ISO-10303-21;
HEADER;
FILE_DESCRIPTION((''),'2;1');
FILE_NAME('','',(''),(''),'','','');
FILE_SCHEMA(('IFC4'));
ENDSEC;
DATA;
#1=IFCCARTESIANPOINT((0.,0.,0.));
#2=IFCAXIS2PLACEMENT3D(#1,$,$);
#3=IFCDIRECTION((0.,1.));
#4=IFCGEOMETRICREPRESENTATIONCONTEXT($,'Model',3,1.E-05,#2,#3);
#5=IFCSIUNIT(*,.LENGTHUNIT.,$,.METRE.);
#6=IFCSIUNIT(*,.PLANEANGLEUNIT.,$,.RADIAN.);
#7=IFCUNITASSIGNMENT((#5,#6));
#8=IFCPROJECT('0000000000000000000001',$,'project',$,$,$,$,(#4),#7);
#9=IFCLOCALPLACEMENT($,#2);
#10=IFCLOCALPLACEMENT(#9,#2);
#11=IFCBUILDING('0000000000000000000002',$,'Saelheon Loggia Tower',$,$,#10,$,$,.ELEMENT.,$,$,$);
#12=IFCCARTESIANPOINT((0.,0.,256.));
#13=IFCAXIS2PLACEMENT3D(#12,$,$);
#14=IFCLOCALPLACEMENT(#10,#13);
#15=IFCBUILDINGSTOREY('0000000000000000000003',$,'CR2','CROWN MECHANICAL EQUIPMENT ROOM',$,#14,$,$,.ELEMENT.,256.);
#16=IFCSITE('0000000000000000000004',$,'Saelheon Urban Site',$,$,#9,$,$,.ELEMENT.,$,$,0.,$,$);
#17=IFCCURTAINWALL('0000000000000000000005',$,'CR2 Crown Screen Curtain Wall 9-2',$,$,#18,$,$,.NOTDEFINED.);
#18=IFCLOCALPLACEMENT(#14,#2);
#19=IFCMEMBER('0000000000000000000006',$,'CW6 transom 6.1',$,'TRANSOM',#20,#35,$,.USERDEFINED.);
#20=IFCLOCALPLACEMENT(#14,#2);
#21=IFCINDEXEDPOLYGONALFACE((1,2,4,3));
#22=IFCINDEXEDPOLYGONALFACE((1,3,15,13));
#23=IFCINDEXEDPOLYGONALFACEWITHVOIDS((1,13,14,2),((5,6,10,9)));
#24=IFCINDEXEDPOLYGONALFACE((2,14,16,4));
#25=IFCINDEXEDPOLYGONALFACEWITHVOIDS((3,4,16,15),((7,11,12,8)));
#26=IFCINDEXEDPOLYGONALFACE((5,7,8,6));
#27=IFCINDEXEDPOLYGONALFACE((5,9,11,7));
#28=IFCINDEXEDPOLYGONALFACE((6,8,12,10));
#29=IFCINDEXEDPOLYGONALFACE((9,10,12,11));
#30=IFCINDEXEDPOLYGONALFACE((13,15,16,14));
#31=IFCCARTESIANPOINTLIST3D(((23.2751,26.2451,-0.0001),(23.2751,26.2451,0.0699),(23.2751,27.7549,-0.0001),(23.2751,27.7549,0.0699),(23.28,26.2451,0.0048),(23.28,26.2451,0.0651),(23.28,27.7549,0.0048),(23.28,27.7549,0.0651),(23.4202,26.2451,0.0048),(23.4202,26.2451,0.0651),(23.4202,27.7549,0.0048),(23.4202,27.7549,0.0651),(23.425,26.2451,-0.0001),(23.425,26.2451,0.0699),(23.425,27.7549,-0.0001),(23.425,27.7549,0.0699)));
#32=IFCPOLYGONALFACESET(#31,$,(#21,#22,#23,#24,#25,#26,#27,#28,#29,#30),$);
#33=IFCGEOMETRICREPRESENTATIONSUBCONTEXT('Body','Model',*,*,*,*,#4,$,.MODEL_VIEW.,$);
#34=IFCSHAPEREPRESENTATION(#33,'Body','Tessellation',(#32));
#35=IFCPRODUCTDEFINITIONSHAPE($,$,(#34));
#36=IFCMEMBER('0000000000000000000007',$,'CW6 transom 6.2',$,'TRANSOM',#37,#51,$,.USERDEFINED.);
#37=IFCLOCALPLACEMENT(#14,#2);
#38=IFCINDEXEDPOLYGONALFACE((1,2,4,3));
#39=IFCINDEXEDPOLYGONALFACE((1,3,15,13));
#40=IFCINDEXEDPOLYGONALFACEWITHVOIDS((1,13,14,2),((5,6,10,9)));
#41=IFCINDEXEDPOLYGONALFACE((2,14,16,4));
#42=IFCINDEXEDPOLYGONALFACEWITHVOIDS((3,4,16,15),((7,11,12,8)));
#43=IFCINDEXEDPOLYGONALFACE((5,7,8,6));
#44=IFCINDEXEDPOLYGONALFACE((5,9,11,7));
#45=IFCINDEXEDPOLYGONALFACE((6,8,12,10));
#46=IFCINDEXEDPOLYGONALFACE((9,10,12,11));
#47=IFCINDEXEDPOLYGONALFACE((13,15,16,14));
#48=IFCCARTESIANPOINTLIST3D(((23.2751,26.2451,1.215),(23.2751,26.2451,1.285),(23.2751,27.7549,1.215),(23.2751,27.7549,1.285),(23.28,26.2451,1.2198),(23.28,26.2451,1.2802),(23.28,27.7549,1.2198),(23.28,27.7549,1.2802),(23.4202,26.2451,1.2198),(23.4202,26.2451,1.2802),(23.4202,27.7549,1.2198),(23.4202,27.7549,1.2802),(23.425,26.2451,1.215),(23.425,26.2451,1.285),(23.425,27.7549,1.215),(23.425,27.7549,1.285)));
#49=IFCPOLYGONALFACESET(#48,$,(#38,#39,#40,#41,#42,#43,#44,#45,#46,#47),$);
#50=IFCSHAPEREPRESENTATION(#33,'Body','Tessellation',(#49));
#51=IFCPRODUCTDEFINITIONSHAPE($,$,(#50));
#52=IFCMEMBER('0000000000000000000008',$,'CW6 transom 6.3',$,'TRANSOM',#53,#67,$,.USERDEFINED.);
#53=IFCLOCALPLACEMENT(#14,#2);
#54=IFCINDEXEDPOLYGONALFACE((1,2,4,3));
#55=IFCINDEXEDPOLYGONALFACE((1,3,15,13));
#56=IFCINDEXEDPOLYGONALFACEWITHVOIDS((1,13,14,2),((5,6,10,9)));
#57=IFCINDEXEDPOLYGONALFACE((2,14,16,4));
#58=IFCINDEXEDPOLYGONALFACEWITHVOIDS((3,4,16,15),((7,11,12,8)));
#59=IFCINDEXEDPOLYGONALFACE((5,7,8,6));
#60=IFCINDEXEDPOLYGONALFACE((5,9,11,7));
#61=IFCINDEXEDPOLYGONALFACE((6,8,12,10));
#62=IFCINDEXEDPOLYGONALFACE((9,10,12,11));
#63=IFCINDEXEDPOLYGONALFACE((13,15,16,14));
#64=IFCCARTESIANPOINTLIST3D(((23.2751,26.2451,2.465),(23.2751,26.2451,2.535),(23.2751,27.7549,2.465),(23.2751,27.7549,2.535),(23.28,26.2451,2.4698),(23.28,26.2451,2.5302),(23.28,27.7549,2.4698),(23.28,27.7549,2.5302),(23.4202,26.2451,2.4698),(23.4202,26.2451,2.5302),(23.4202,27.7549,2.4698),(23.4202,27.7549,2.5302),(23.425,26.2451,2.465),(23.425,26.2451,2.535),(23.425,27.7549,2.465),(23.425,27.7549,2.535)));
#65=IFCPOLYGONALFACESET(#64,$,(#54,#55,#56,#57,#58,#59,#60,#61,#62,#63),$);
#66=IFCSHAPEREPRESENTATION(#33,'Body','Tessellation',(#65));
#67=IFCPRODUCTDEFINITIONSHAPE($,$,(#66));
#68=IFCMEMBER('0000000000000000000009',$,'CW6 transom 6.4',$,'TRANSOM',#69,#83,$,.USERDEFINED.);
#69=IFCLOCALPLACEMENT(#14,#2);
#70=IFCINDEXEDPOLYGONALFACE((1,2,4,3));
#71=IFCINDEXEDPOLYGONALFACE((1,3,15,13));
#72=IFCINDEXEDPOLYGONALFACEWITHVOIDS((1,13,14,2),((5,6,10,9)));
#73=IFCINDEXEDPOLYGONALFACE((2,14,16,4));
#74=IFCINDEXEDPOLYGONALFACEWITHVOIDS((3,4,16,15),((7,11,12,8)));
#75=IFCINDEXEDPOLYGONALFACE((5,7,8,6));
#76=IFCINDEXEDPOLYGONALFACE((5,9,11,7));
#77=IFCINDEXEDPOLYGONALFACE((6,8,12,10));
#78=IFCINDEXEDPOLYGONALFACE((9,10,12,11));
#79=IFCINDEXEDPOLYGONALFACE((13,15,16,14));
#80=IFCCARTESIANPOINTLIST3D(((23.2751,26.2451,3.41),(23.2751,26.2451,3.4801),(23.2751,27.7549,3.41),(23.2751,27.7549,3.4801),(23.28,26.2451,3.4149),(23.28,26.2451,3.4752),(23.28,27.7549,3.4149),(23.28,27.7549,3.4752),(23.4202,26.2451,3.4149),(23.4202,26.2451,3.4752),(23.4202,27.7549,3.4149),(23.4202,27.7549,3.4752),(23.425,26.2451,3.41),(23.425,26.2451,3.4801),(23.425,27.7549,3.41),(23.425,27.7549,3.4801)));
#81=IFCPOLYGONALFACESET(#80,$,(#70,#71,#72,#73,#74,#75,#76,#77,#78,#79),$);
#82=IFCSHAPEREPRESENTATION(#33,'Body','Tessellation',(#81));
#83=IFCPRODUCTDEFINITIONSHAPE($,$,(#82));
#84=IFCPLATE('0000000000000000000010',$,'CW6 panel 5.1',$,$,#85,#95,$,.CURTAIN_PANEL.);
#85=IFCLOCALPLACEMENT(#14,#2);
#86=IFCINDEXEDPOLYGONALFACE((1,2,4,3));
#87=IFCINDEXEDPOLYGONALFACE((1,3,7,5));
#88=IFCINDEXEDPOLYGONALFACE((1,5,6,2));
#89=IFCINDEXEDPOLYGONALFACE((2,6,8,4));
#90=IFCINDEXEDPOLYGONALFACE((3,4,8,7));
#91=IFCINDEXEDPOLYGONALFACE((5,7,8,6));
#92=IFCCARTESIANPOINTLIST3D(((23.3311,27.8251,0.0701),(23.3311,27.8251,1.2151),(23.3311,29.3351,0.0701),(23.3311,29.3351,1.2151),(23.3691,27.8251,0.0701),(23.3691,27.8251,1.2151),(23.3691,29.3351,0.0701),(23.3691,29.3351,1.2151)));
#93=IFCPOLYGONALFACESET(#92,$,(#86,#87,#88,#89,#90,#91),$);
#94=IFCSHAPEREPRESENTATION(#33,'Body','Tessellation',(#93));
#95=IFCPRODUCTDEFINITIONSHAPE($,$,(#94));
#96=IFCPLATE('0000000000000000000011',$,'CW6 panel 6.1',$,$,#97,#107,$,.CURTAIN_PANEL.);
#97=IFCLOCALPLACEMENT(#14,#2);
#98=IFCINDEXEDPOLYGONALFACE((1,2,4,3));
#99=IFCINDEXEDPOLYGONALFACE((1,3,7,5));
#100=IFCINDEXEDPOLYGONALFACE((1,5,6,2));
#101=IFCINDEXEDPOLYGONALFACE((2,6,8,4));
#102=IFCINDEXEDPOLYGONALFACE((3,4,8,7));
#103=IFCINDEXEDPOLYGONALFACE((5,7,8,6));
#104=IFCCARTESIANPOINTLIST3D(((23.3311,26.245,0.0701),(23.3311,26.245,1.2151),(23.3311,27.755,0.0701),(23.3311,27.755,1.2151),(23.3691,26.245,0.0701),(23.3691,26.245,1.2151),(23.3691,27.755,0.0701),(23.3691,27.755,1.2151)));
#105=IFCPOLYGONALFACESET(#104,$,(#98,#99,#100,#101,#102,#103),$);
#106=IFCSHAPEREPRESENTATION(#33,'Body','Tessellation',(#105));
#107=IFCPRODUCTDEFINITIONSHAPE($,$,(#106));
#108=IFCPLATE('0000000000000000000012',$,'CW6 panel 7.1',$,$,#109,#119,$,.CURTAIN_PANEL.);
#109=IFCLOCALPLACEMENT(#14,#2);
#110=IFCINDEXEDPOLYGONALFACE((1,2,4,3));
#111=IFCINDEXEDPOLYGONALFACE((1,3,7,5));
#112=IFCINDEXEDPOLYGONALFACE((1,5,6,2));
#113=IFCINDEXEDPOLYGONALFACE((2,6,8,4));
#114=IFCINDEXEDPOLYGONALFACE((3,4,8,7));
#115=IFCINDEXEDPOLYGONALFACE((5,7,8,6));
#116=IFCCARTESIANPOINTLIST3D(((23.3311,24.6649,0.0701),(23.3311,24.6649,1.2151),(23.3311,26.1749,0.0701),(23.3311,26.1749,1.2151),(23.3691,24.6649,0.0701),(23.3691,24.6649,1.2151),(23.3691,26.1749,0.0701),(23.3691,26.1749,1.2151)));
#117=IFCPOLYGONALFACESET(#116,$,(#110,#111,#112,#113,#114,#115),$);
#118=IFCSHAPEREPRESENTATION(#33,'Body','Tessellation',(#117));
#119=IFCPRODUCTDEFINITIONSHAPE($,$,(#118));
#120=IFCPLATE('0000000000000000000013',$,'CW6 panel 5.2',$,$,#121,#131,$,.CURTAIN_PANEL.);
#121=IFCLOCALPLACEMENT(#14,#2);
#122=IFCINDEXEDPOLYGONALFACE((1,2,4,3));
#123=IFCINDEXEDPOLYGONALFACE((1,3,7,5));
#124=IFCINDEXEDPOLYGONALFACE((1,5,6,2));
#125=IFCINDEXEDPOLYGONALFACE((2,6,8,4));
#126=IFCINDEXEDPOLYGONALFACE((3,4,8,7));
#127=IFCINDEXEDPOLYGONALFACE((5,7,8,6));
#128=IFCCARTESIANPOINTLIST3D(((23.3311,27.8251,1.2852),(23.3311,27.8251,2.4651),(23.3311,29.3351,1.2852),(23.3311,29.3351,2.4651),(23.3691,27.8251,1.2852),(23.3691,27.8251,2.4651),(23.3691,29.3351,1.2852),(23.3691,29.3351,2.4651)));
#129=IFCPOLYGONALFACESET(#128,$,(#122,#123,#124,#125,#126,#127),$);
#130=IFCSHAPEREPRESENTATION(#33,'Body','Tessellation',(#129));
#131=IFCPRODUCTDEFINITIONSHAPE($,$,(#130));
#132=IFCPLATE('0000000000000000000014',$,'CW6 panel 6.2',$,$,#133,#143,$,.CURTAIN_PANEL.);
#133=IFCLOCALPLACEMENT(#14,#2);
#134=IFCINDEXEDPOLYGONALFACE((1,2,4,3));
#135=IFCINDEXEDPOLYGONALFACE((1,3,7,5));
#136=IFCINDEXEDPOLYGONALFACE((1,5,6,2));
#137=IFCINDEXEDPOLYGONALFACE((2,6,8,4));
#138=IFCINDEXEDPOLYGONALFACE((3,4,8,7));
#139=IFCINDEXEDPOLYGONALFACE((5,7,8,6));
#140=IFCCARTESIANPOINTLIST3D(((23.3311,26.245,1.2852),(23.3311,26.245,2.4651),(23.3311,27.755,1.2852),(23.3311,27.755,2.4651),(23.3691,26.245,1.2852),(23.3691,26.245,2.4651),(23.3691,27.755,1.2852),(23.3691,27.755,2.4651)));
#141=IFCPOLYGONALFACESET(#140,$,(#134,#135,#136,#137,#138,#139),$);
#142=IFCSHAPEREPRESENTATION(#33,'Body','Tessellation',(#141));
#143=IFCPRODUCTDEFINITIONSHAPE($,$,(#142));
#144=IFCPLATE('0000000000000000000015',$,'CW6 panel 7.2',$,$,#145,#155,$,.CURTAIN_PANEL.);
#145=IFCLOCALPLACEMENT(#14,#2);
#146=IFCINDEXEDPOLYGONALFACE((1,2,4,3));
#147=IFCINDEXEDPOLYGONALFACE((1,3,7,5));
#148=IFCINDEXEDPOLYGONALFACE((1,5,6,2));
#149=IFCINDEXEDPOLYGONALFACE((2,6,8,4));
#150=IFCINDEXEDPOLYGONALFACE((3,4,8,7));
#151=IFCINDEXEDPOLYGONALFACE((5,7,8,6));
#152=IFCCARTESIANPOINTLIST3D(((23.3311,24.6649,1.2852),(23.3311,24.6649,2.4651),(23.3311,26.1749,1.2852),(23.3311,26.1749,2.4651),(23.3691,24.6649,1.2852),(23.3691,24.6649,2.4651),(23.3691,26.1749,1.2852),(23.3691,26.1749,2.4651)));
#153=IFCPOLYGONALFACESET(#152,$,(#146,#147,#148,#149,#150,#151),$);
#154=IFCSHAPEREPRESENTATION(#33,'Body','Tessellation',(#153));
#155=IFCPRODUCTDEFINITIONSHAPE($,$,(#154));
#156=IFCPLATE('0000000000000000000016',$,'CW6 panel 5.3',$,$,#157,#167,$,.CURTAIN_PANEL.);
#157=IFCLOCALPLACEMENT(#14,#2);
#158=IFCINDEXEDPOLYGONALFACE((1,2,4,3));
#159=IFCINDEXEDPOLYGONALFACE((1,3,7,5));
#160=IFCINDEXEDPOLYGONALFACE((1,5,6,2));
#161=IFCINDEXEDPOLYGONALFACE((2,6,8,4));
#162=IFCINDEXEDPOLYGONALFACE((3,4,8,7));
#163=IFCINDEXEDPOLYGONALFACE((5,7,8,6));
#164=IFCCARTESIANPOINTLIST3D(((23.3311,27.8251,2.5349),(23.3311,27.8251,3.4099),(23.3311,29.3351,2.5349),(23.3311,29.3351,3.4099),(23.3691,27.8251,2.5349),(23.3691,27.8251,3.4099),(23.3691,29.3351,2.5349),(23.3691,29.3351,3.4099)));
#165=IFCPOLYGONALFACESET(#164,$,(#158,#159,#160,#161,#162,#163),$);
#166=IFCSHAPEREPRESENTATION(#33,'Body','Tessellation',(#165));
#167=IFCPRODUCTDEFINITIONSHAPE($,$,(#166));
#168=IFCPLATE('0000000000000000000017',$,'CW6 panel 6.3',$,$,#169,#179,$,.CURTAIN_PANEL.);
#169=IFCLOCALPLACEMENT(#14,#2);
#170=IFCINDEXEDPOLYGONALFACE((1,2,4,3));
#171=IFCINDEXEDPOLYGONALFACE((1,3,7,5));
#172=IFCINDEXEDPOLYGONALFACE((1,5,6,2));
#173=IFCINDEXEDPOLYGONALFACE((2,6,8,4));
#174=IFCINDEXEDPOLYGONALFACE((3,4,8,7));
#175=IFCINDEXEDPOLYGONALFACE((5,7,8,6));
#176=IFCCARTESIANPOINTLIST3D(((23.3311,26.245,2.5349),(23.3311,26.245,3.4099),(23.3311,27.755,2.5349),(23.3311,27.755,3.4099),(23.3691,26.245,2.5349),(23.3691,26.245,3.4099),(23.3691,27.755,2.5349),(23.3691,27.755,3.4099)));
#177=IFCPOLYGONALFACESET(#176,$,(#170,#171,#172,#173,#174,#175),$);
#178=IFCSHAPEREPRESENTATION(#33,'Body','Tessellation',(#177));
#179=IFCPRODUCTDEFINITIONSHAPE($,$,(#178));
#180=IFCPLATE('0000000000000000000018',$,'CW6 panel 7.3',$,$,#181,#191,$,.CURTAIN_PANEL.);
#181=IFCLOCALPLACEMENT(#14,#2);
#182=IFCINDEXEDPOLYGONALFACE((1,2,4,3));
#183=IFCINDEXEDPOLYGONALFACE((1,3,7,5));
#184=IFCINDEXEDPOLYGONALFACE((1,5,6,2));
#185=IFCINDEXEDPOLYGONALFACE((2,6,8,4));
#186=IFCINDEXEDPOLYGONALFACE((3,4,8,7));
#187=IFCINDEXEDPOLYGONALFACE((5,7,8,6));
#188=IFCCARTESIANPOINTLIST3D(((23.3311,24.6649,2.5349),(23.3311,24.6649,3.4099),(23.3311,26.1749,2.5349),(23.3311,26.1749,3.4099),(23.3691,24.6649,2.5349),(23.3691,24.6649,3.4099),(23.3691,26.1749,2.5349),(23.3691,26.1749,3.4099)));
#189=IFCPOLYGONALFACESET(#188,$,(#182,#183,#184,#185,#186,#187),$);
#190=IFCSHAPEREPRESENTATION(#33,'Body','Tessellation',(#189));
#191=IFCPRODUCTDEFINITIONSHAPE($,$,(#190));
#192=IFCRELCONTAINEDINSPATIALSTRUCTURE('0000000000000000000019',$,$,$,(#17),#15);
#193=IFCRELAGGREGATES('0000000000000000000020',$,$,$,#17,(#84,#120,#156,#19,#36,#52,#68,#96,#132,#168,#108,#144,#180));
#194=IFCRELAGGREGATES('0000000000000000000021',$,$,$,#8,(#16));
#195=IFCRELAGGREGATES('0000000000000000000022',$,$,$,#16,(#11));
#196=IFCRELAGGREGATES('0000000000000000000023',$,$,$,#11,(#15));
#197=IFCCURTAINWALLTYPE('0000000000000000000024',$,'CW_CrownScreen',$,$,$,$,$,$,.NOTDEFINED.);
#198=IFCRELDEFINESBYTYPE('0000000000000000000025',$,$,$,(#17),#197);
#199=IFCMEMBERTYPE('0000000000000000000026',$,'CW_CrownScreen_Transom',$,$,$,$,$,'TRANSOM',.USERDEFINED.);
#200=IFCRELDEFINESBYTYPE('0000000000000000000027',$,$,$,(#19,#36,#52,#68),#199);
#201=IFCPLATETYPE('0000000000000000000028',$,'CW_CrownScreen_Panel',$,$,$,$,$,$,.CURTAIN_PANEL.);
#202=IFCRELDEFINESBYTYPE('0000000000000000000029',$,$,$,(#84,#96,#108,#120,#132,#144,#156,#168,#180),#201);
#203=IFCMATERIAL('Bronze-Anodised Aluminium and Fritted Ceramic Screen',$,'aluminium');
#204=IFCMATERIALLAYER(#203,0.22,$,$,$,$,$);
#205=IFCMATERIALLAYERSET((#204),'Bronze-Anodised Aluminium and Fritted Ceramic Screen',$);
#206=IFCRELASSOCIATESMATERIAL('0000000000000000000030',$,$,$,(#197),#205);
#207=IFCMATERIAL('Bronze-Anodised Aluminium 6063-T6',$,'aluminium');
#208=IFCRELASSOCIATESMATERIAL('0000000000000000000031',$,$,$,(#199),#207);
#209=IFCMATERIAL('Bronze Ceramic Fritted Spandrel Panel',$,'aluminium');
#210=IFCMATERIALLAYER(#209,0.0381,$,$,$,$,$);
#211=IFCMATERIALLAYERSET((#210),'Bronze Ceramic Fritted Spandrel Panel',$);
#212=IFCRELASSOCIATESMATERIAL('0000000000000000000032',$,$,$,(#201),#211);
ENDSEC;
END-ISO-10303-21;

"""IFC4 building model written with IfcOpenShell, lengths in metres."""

from ifc_helpers import new_model, si_unit, direction, frame, origin, origin_2d, place, context, subcontext, project, spatial, rectangle, hollow_rectangle, extrude, source, transform, mapped, material, layer, layer_set, material_profile, profile_set, type_object, element, aggregate, save


model = new_model("IFC4")

# Units and contexts
model_context = context("Model", 3, precision=1e-05, world=origin(), true_north=direction((0.0, 1.0)))
body_context = subcontext(model_context, "Body", "Model", "MODEL_VIEW")
ifc_project = project(units=[si_unit("LENGTHUNIT", "METRE"), si_unit("PLANEANGLEUNIT", "RADIAN")], contexts=[model_context])

# Site, building, storey
site_placement = place(None, origin())
site = spatial("IfcSite", under=ifc_project, at=site_placement, Name="Saelheon Urban Site", CompositionType="ELEMENT", RefElevation=0.0)
building_placement = place(site_placement, origin())
building = spatial("IfcBuilding", under=site, at=building_placement, Name="Saelheon Loggia Tower", CompositionType="ELEMENT")
storey_placement = place(building_placement, frame((0.0, 0.0, 256.0)))
storey = spatial("IfcBuildingStorey", under=building, at=storey_placement, Name="CR2", Description="CROWN MECHANICAL EQUIPMENT ROOM", CompositionType="ELEMENT", Elevation=256.0)

# Curtain wall, members, plates
ifc_material_1 = material(Name="Bronze-Anodised Aluminium and Fritted Ceramic Screen", Category="aluminium")
ifc_layer_1 = layer(ifc_material_1, 0.22)
ifc_layer_set_1 = layer_set([ifc_layer_1], Name="Bronze-Anodised Aluminium and Fritted Ceramic Screen")
curtain_wall_type = type_object("IfcCurtainWallType", Name="CW_CrownScreen", PredefinedType="NOTDEFINED", material=ifc_layer_set_1)
curtain_wall_placement = place(storey_placement, origin())
curtain_wall = element("IfcCurtainWall", 1, at=curtain_wall_placement, inside=storey, type_object=curtain_wall_type, Name="CR2 Crown Screen Curtain Wall 9-2", PredefinedType="NOTDEFINED")
ifc_material_2 = material(Name="Bronze-Anodised Aluminium 6063-T6", Category="aluminium")
ifc_material_profile_1 = material_profile(ifc_material_2, hollow_rectangle(XDim=0.0701, YDim=0.1499, WallThickness=0.0049, at=origin_2d()), Name="RHS-150x70x5")
ifc_profile_set_1 = profile_set([ifc_material_profile_1], Name="Bronze-Anodised Aluminium 6063-T6")
member_type_1 = type_object("IfcMemberType", Name="CW_CrownScreen_Transom", ElementType="TRANSOM", PredefinedType="USERDEFINED", material=ifc_profile_set_1)
shared_shape_1 = source(origin(), body_context, "Body", "SweptSolid", [
    extrude(hollow_rectangle(XDim=0.0701, YDim=0.1499, WallThickness=0.0049, at=origin_2d()), origin(), (0.0, 0.0, 1.0), 1.5098),
])
member_1_placement = place(storey_placement, frame((23.3501, 27.7549, 0.0349), z_axis=(0.0, -1.0, 0.0), x_axis=(0.0, 0.0, 1.0)))
member_1 = element("IfcMember", 2, at=member_1_placement, type_object=member_type_1, Name="CW6 transom 6.1", ObjectType="TRANSOM", PredefinedType="USERDEFINED", context=body_context, shape_type="MappedRepresentation", body=[
    mapped(shared_shape_1, transform((0.0, 0.0, 0.0), scale=1.0)),
])
member_2_placement = place(storey_placement, frame((23.3501, 27.7549, 1.25), z_axis=(0.0, -1.0, 0.0), x_axis=(0.0, 0.0, 1.0)))
member_2 = element("IfcMember", 3, at=member_2_placement, type_object=member_type_1, Name="CW6 transom 6.2", ObjectType="TRANSOM", PredefinedType="USERDEFINED", context=body_context, shape_type="MappedRepresentation", body=[
    mapped(shared_shape_1, transform((0.0, 0.0, 0.0), scale=1.0)),
])
member_3_placement = place(storey_placement, frame((23.3501, 27.7549, 2.5), z_axis=(0.0, -1.0, 0.0), x_axis=(0.0, 0.0, 1.0)))
member_3 = element("IfcMember", 4, at=member_3_placement, type_object=member_type_1, Name="CW6 transom 6.3", ObjectType="TRANSOM", PredefinedType="USERDEFINED", context=body_context, shape_type="MappedRepresentation", body=[
    mapped(shared_shape_1, transform((0.0, 0.0, 0.0), scale=1.0)),
])
member_4_placement = place(storey_placement, frame((23.3501, 27.7549, 3.4451), z_axis=(0.0, -1.0, 0.0), x_axis=(0.0, 0.0, 1.0)))
member_4 = element("IfcMember", 5, at=member_4_placement, type_object=member_type_1, Name="CW6 transom 6.4", ObjectType="TRANSOM", PredefinedType="USERDEFINED", context=body_context, shape_type="MappedRepresentation", body=[
    mapped(shared_shape_1, transform((0.0, 0.0, 0.0), scale=1.0)),
])
ifc_material_3 = material(Name="Bronze Ceramic Fritted Spandrel Panel", Category="aluminium")
ifc_layer_2 = layer(ifc_material_3, 0.0381)
ifc_layer_set_2 = layer_set([ifc_layer_2], Name="Bronze Ceramic Fritted Spandrel Panel")
plate_type = type_object("IfcPlateType", Name="CW_CrownScreen_Panel", PredefinedType="CURTAIN_PANEL", material=ifc_layer_set_2)
shared_shape_2 = source(origin(), body_context, "Body", "SweptSolid", [
    extrude(rectangle(XDim=1.51, YDim=0.0381, at=origin_2d()), origin(), (0.0, 0.0, 1.0), 1.145),
])
plate_1_placement = place(storey_placement, frame((23.3501, 28.5801, 0.0701), z_axis=(0.0, 0.0, 1.0), x_axis=(0.0, -1.0, 0.0)))
plate_1 = element("IfcPlate", 6, at=plate_1_placement, type_object=plate_type, Name="CW6 panel 5.1", PredefinedType="CURTAIN_PANEL", context=body_context, shape_type="MappedRepresentation", body=[
    mapped(shared_shape_2, transform((0.0, 0.0, 0.0), scale=1.0)),
])
plate_2_placement = place(storey_placement, frame((23.3501, 27.0, 0.0701), z_axis=(0.0, 0.0, 1.0), x_axis=(0.0, -1.0, 0.0)))
plate_2 = element("IfcPlate", 7, at=plate_2_placement, type_object=plate_type, Name="CW6 panel 6.1", PredefinedType="CURTAIN_PANEL", context=body_context, shape_type="MappedRepresentation", body=[
    mapped(shared_shape_2, transform((0.0, 0.0, 0.0), scale=1.0)),
])
plate_3_placement = place(storey_placement, frame((23.3501, 25.4199, 0.0701), z_axis=(0.0, 0.0, 1.0), x_axis=(0.0, -1.0, 0.0)))
plate_3 = element("IfcPlate", 8, at=plate_3_placement, type_object=plate_type, Name="CW6 panel 7.1", PredefinedType="CURTAIN_PANEL", context=body_context, shape_type="MappedRepresentation", body=[
    mapped(shared_shape_2, transform((0.0, 0.0, 0.0), scale=1.0)),
])
shared_shape_3 = source(origin(), body_context, "Body", "SweptSolid", [
    extrude(rectangle(XDim=1.51, YDim=0.0381, at=origin_2d()), origin(), (0.0, 0.0, 1.0), 1.1799),
])
plate_4_placement = place(storey_placement, frame((23.3501, 28.5801, 1.2852), z_axis=(0.0, 0.0, 1.0), x_axis=(0.0, -1.0, 0.0)))
plate_4 = element("IfcPlate", 9, at=plate_4_placement, type_object=plate_type, Name="CW6 panel 5.2", PredefinedType="CURTAIN_PANEL", context=body_context, shape_type="MappedRepresentation", body=[
    mapped(shared_shape_3, transform((0.0, 0.0, 0.0), scale=1.0)),
])
plate_5_placement = place(storey_placement, frame((23.3501, 27.0, 1.2852), z_axis=(0.0, 0.0, 1.0), x_axis=(0.0, -1.0, 0.0)))
plate_5 = element("IfcPlate", 10, at=plate_5_placement, type_object=plate_type, Name="CW6 panel 6.2", PredefinedType="CURTAIN_PANEL", context=body_context, shape_type="MappedRepresentation", body=[
    mapped(shared_shape_3, transform((0.0, 0.0, 0.0), scale=1.0)),
])
plate_6_placement = place(storey_placement, frame((23.3501, 25.4199, 1.2852), z_axis=(0.0, 0.0, 1.0), x_axis=(0.0, -1.0, 0.0)))
plate_6 = element("IfcPlate", 11, at=plate_6_placement, type_object=plate_type, Name="CW6 panel 7.2", PredefinedType="CURTAIN_PANEL", context=body_context, shape_type="MappedRepresentation", body=[
    mapped(shared_shape_3, transform((0.0, 0.0, 0.0), scale=1.0)),
])
shared_shape_4 = source(origin(), body_context, "Body", "SweptSolid", [
    extrude(rectangle(XDim=1.51, YDim=0.0381, at=origin_2d()), origin(), (0.0, 0.0, 1.0), 0.875),
])
plate_7_placement = place(storey_placement, frame((23.3501, 28.5801, 2.5349), z_axis=(0.0, 0.0, 1.0), x_axis=(0.0, -1.0, 0.0)))
plate_7 = element("IfcPlate", 12, at=plate_7_placement, type_object=plate_type, Name="CW6 panel 5.3", PredefinedType="CURTAIN_PANEL", context=body_context, shape_type="MappedRepresentation", body=[
    mapped(shared_shape_4, transform((0.0, 0.0, 0.0), scale=1.0)),
])
plate_8_placement = place(storey_placement, frame((23.3501, 27.0, 2.5349), z_axis=(0.0, 0.0, 1.0), x_axis=(0.0, -1.0, 0.0)))
plate_8 = element("IfcPlate", 13, at=plate_8_placement, type_object=plate_type, Name="CW6 panel 6.3", PredefinedType="CURTAIN_PANEL", context=body_context, shape_type="MappedRepresentation", body=[
    mapped(shared_shape_4, transform((0.0, 0.0, 0.0), scale=1.0)),
])
plate_9_placement = place(storey_placement, frame((23.3501, 25.4199, 2.5349), z_axis=(0.0, 0.0, 1.0), x_axis=(0.0, -1.0, 0.0)))
plate_9 = element("IfcPlate", 14, at=plate_9_placement, type_object=plate_type, Name="CW6 panel 7.3", PredefinedType="CURTAIN_PANEL", context=body_context, shape_type="MappedRepresentation", body=[
    mapped(shared_shape_4, transform((0.0, 0.0, 0.0), scale=1.0)),
])
aggregate(curtain_wall, [plate_1, plate_4, plate_7, member_1, member_2, member_3, member_4, plate_2, plate_5, plate_8, plate_3, plate_6, plate_9])

save(model, "model.ifc")
